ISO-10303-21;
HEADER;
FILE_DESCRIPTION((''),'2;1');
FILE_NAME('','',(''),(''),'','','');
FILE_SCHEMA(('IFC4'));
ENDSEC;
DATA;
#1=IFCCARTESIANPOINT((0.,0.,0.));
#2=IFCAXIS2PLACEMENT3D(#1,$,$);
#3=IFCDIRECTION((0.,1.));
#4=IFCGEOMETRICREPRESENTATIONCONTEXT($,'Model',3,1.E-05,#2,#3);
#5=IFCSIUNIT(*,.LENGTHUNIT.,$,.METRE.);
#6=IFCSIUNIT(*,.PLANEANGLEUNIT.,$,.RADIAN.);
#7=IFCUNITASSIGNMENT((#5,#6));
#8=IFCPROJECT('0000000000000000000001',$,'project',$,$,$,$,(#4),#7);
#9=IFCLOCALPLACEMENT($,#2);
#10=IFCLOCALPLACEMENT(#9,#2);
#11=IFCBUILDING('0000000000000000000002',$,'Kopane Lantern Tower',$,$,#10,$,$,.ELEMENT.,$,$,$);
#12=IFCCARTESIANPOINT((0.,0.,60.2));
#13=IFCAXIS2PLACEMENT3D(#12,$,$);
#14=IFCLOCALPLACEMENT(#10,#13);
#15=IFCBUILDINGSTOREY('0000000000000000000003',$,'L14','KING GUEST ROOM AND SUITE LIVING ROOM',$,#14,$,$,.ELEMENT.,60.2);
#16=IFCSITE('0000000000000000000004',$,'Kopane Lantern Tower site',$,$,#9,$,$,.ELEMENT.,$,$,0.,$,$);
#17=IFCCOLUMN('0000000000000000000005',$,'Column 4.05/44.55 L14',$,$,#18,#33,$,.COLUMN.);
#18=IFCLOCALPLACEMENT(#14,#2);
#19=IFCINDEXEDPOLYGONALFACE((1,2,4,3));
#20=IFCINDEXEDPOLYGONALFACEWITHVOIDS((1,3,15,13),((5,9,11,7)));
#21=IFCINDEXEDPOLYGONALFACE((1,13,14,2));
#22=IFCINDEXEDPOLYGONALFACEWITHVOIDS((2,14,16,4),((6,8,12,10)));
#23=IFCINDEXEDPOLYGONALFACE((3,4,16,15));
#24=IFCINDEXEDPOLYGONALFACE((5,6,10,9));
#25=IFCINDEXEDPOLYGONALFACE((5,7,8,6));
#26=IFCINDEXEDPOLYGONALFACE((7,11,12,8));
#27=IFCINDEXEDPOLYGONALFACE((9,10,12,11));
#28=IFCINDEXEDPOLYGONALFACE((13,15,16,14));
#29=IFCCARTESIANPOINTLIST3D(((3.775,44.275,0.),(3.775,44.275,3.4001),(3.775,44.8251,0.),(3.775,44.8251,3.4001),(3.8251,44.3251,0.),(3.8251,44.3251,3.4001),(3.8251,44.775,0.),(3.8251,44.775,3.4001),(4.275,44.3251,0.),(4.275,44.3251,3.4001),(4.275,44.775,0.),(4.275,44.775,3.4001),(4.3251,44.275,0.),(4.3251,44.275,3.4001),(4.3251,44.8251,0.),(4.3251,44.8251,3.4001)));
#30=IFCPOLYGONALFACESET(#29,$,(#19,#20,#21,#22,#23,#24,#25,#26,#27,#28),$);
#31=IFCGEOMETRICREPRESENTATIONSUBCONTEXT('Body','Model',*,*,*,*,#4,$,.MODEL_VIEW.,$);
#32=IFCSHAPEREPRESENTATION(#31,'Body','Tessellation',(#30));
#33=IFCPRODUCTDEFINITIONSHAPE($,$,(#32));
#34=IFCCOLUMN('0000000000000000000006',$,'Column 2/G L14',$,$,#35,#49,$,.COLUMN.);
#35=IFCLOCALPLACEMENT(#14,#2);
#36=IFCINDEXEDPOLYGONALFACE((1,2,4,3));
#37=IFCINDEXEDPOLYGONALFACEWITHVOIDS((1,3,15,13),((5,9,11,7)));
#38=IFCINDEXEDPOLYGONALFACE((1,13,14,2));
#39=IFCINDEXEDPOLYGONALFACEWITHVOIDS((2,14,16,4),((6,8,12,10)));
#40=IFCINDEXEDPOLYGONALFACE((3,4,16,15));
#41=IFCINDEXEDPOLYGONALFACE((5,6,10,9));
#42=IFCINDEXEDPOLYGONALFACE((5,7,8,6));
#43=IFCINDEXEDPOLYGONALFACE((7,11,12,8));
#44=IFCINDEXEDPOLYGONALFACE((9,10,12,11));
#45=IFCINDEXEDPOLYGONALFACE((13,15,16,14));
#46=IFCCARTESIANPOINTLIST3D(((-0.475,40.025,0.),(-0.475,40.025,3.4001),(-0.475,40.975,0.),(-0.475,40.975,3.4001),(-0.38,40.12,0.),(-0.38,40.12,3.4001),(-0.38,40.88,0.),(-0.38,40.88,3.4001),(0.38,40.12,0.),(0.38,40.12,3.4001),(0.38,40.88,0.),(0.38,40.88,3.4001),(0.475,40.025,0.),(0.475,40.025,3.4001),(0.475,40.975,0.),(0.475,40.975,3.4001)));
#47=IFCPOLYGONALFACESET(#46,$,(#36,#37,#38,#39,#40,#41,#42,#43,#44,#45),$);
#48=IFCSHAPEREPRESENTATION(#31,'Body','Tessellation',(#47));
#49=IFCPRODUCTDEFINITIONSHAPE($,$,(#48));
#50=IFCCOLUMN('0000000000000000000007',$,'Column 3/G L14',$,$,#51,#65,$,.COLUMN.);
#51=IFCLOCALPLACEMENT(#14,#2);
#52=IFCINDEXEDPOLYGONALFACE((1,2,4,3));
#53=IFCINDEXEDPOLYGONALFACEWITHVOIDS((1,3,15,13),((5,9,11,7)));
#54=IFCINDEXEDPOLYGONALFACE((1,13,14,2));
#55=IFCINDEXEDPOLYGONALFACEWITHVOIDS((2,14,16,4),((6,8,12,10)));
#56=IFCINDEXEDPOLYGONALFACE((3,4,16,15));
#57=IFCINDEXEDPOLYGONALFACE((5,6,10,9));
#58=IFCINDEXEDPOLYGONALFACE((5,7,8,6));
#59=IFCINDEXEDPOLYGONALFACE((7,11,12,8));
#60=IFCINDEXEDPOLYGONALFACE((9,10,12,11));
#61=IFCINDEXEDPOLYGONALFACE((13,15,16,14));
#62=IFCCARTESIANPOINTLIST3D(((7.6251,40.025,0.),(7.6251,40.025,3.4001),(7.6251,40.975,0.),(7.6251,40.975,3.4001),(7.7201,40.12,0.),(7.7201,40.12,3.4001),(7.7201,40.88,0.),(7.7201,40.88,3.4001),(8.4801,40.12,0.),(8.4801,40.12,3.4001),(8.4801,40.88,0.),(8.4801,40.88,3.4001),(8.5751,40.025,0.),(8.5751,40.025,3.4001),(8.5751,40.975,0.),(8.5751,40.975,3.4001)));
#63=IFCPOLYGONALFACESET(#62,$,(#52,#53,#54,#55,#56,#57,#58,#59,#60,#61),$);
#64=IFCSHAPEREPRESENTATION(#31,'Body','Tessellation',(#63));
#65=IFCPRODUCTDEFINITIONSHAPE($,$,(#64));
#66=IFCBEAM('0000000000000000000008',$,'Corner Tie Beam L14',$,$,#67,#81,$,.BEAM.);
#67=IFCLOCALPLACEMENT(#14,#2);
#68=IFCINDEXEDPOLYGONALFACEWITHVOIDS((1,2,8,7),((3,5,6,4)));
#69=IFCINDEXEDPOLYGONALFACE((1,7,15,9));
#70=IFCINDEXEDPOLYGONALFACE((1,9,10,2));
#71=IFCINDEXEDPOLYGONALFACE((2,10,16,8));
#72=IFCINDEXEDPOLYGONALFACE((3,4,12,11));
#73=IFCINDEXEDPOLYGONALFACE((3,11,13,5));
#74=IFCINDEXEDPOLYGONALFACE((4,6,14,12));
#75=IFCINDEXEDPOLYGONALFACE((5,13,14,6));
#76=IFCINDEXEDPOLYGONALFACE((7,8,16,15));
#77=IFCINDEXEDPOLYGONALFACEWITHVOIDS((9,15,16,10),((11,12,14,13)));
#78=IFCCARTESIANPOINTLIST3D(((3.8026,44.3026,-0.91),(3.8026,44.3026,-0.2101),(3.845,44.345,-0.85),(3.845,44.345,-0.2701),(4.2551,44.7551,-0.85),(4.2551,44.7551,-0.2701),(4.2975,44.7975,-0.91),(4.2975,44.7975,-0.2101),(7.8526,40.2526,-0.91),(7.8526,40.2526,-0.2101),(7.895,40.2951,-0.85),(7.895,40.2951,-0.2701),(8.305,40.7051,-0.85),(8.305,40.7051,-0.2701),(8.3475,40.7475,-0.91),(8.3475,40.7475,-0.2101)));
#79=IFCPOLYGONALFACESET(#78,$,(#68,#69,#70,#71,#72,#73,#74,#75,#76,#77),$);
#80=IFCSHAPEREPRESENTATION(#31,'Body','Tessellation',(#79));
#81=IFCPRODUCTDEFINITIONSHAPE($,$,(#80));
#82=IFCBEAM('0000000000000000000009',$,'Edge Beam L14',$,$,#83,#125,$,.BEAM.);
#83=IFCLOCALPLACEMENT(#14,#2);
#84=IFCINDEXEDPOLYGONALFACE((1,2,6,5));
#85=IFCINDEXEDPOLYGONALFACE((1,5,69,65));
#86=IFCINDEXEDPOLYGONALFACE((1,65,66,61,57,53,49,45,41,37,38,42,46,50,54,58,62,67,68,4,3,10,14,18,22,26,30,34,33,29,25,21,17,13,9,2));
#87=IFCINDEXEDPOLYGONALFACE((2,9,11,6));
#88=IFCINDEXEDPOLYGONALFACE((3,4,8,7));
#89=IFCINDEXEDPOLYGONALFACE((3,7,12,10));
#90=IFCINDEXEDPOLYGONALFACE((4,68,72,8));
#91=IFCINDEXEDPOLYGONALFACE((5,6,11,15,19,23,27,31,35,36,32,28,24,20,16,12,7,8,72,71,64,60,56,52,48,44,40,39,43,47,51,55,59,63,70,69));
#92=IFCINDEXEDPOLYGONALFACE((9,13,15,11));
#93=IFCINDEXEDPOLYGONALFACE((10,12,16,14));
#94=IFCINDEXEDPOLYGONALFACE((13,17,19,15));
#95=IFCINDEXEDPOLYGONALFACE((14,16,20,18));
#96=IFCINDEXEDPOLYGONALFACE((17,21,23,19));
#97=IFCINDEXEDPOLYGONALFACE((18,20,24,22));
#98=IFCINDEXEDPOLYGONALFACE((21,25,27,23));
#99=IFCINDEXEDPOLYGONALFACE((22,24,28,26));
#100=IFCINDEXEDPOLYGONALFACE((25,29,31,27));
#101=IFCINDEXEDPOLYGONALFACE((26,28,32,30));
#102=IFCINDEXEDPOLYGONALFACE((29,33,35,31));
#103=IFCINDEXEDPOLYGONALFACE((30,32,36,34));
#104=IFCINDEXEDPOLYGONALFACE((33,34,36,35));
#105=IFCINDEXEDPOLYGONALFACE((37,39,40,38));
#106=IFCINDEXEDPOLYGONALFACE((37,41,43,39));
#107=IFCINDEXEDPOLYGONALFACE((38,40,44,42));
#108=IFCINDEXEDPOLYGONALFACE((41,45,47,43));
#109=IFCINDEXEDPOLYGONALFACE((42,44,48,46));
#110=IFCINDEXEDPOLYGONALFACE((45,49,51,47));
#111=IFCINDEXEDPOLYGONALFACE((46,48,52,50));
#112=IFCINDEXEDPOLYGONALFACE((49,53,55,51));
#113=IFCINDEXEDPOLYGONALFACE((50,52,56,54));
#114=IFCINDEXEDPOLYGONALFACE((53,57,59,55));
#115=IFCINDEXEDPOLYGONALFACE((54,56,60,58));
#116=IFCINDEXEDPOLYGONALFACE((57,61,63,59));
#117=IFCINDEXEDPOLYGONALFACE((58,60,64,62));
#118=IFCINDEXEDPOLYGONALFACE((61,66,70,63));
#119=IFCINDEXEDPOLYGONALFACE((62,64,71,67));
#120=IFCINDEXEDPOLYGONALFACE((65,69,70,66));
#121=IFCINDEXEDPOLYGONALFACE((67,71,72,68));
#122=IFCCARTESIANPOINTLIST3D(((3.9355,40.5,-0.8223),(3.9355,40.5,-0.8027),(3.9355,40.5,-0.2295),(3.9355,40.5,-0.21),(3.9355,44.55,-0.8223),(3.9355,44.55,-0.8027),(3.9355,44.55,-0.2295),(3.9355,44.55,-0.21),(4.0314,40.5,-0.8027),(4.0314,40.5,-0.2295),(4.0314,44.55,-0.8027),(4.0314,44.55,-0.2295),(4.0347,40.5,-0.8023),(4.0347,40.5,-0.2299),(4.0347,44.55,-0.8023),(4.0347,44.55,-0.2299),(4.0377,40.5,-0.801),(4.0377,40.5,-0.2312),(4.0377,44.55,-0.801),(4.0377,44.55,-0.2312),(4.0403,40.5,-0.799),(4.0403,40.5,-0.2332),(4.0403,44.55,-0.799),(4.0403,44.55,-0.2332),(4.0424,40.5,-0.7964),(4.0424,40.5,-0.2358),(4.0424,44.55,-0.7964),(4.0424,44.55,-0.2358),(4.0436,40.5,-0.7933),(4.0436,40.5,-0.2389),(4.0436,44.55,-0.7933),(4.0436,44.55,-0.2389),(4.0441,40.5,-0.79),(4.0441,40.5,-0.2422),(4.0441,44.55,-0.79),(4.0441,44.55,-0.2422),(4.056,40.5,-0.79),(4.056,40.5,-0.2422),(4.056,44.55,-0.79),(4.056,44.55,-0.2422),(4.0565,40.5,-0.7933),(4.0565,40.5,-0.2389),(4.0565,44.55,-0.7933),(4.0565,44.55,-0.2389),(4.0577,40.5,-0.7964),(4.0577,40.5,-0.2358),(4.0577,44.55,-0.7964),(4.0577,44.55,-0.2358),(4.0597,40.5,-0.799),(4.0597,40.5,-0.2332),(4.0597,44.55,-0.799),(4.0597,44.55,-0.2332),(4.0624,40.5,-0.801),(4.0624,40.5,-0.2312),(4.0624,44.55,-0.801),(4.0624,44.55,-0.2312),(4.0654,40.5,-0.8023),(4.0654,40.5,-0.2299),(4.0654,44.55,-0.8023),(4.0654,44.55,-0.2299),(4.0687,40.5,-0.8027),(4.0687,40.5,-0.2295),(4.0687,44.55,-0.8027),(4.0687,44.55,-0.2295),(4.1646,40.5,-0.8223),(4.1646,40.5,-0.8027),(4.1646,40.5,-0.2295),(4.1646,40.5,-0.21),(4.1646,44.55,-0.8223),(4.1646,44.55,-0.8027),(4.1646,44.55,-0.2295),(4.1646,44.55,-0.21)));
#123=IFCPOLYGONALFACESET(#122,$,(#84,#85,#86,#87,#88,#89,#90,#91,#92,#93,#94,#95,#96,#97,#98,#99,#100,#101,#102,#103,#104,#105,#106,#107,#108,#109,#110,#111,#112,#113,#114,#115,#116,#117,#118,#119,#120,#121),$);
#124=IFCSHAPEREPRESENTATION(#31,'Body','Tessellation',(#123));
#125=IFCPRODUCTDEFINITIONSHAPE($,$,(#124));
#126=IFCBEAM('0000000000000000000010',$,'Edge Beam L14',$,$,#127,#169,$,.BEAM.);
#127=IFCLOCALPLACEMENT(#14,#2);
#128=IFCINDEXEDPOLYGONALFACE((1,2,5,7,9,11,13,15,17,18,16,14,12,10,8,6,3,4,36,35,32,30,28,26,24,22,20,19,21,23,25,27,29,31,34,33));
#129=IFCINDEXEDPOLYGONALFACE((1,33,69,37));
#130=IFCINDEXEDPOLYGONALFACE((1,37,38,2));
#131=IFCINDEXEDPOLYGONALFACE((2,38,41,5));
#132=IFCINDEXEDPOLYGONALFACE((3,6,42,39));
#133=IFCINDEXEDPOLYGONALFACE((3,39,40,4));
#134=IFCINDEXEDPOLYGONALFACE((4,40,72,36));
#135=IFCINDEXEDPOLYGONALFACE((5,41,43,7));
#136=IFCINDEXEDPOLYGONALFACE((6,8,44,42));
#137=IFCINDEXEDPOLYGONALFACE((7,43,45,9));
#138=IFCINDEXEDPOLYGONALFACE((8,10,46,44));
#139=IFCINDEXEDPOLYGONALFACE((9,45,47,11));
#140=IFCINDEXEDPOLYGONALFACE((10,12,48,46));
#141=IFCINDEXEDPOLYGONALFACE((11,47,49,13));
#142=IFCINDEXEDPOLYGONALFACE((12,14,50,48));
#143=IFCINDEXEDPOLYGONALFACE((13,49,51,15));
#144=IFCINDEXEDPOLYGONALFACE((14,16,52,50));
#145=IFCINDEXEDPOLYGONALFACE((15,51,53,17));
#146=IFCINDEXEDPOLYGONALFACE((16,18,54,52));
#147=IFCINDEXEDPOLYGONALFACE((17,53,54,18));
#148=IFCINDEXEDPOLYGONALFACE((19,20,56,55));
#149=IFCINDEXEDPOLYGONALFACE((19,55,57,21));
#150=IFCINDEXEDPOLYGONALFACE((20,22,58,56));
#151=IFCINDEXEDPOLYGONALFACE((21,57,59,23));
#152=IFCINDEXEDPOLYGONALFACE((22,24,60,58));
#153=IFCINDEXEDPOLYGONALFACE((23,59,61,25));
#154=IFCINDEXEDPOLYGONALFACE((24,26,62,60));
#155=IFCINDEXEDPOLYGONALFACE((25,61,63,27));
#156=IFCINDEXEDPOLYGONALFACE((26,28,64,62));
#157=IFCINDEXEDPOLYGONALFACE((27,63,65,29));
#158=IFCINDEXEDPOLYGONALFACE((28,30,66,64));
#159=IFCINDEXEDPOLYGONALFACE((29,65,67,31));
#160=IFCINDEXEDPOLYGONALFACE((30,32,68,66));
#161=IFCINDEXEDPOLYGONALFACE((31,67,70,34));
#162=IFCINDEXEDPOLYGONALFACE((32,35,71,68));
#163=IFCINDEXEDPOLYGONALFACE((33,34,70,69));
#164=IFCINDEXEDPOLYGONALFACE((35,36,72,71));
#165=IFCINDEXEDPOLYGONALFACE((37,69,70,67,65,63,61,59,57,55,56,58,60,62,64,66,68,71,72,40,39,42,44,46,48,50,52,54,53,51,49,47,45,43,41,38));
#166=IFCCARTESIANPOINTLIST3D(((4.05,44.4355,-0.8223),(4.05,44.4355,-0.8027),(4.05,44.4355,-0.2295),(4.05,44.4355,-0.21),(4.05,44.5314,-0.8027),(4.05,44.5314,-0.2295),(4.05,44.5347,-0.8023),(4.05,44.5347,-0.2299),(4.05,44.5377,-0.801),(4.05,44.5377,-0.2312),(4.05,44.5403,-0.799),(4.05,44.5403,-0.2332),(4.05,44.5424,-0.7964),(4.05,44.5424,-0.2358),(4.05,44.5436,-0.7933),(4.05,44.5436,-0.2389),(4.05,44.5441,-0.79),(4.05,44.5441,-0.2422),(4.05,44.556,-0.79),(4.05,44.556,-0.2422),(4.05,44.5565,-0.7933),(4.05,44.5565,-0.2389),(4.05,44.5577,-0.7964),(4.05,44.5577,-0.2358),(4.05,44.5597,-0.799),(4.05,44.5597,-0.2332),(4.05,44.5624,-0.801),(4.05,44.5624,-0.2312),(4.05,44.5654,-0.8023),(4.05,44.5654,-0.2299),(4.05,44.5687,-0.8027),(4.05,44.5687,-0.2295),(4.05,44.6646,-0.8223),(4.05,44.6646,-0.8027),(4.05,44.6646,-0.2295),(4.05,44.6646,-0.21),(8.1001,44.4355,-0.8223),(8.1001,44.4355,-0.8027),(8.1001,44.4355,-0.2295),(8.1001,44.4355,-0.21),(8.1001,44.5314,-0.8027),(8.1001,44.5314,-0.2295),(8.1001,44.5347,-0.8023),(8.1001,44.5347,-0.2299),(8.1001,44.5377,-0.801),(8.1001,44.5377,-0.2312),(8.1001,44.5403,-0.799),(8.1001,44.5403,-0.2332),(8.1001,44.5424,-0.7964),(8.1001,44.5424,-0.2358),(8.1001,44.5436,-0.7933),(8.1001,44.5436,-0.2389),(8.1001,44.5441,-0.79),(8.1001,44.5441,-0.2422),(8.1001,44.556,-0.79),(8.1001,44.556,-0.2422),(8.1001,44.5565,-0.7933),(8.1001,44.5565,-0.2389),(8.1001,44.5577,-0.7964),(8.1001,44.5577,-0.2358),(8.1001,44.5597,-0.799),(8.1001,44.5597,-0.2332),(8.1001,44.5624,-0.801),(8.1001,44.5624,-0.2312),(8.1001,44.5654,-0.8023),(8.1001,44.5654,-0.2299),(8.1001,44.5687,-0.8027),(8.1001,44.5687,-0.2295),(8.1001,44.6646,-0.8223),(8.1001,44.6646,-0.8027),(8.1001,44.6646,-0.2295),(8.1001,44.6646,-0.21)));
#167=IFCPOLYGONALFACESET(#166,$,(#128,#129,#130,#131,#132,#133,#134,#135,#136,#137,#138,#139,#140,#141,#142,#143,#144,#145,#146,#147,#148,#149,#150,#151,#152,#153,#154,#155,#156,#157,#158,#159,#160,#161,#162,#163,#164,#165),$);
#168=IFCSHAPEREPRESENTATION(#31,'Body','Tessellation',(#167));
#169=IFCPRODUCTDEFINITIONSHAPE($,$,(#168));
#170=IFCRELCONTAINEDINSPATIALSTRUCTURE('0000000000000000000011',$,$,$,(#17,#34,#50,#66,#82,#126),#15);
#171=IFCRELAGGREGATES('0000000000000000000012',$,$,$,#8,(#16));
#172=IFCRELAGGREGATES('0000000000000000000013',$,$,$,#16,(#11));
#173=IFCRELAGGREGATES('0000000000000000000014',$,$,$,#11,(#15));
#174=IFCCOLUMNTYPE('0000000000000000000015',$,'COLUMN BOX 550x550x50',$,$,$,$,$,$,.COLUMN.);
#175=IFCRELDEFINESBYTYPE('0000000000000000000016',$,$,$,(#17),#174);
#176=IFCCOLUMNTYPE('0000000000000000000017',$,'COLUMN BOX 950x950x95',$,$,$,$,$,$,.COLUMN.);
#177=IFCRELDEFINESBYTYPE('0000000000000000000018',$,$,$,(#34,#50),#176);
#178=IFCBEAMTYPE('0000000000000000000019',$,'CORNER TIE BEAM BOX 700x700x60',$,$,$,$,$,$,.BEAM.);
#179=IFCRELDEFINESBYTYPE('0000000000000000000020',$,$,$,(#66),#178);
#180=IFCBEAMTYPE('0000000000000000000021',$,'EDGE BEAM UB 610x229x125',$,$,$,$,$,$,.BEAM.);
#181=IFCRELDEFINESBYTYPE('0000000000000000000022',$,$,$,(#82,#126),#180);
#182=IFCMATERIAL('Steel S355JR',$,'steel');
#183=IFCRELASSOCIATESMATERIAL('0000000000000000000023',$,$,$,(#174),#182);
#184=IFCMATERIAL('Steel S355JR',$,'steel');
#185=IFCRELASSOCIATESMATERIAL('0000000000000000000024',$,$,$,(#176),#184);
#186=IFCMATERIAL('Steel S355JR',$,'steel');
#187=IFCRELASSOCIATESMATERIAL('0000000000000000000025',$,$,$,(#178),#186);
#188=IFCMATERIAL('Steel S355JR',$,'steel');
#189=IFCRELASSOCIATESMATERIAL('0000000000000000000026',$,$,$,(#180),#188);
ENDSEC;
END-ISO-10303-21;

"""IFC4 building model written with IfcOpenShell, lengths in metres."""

from ifc_helpers import new_model, si_unit, direction, frame, origin, origin_2d, place, context, subcontext, project, spatial, hollow_rectangle, i_section, extrude, material, material_profile, profile_set, type_object, element, save


model = new_model("IFC4")

# Units and contexts
model_context = context("Model", 3, precision=1e-05, world=origin(), true_north=direction((0.0, 1.0)))
body_context = subcontext(model_context, "Body", "Model", "MODEL_VIEW")
ifc_project = project(units=[si_unit("LENGTHUNIT", "METRE"), si_unit("PLANEANGLEUNIT", "RADIAN")], contexts=[model_context])

# Site, building, storey
site_placement = place(None, origin())
site = spatial("IfcSite", under=ifc_project, at=site_placement, Name="Kopane Lantern Tower site", CompositionType="ELEMENT", RefElevation=0.0)
building_placement = place(site_placement, origin())
building = spatial("IfcBuilding", under=site, at=building_placement, Name="Kopane Lantern Tower", CompositionType="ELEMENT")
storey_placement = place(building_placement, frame((0.0, 0.0, 60.2)))
storey = spatial("IfcBuildingStorey", under=building, at=storey_placement, Name="L14", Description="KING GUEST ROOM AND SUITE LIVING ROOM", CompositionType="ELEMENT", Elevation=60.2)

# Columns
ifc_material_1 = material(Name="Steel S355JR", Category="steel")
ifc_material_profile_1 = material_profile(ifc_material_1, hollow_rectangle(XDim=0.55, YDim=0.55, WallThickness=0.05, at=origin_2d()), Name="BOX 550x550x50")
ifc_profile_set_1 = profile_set([ifc_material_profile_1], Name="Steel S355JR")
column_type_1 = type_object("IfcColumnType", Name="COLUMN BOX 550x550x50", PredefinedType="COLUMN", material=ifc_profile_set_1)
column_placement = place(storey_placement, frame((4.05, 44.55, 0.0), z_axis=(0.0, 0.0, 1.0), x_axis=(1.0, 0.0, 0.0)))
element("IfcColumn", 1, at=column_placement, inside=storey, type_object=column_type_1, Name="Column 4.05/44.55 L14", PredefinedType="COLUMN", context=body_context, shape_type="SweptSolid", body=[
    extrude(hollow_rectangle(XDim=0.55, YDim=0.55, WallThickness=0.05, at=origin_2d()), origin(), (0.0, 0.0, 1.0), 3.4001),
])
ifc_material_2 = material(Name="Steel S355JR", Category="steel")
ifc_material_profile_2 = material_profile(ifc_material_2, hollow_rectangle(XDim=0.95, YDim=0.95, WallThickness=0.095, at=origin_2d()), Name="BOX 950x950x95")
ifc_profile_set_2 = profile_set([ifc_material_profile_2], Name="Steel S355JR")
column_type_2 = type_object("IfcColumnType", Name="COLUMN BOX 950x950x95", PredefinedType="COLUMN", material=ifc_profile_set_2)
for number, where, z_axis, x_axis, name in (
    (2, (0.0, 40.5, 0.0), (0.0, 0.0, 1.0), (1.0, 0.0, 0.0), "Column 2/G L14"),
    (3, (8.1001, 40.5, 0.0), (0.0, 0.0, 1.0), (1.0, 0.0, 0.0), "Column 3/G L14"),
):
    element("IfcColumn", number, at=place(storey_placement, frame(where, z_axis=z_axis, x_axis=x_axis)), inside=storey, type_object=column_type_2, Name=name, PredefinedType="COLUMN", context=body_context, shape_type="SweptSolid", body=[
        extrude(hollow_rectangle(XDim=0.95, YDim=0.95, WallThickness=0.095, at=origin_2d()), origin(), (0.0, 0.0, 1.0), 3.4001),
    ])

# Beams
ifc_material_3 = material(Name="Steel S355JR", Category="steel")
ifc_material_profile_3 = material_profile(ifc_material_3, hollow_rectangle(XDim=0.7, YDim=0.7, WallThickness=0.0601, at=origin_2d()), Name="BOX 700x700x60")
ifc_profile_set_3 = profile_set([ifc_material_profile_3], Name="Steel S355JR")
beam_type_1 = type_object("IfcBeamType", Name="CORNER TIE BEAM BOX 700x700x60", PredefinedType="BEAM", material=ifc_profile_set_3)
beam_1_placement = place(storey_placement, frame((4.05, 44.55, -0.5601), z_axis=(0.707107, -0.707107, 0.0), x_axis=(0.707107, 0.707107, 0.0)))
element("IfcBeam", 4, at=beam_1_placement, inside=storey, type_object=beam_type_1, Name="Corner Tie Beam L14", PredefinedType="BEAM", context=body_context, shape_type="SweptSolid", body=[
    extrude(hollow_rectangle(XDim=0.7, YDim=0.7, WallThickness=0.0601, at=origin_2d()), origin(), (0.0, 0.0, 1.0), 5.7275),
])
ifc_material_4 = material(Name="Steel S355JR", Category="steel")
ifc_material_profile_4 = material_profile(ifc_material_4, i_section(OverallWidth=0.229, OverallDepth=0.6123, WebThickness=0.012, FlangeThickness=0.0195, FilletRadius=0.0127, at=origin_2d()), Name="UB 610x229x125")
ifc_profile_set_4 = profile_set([ifc_material_profile_4], Name="Steel S355JR")
beam_type_2 = type_object("IfcBeamType", Name="EDGE BEAM UB 610x229x125", PredefinedType="BEAM", material=ifc_profile_set_4)
for number, where, z_axis, x_axis, name in (
    (5, (4.05, 44.55, -0.5161), (0.0, -1.0, 0.0), (1.0, 0.0, 0.0), "Edge Beam L14"),
    (6, (4.05, 44.55, -0.5161), (1.0, 0.0, 0.0), (0.0, 1.0, 0.0), "Edge Beam L14"),
):
    element("IfcBeam", number, at=place(storey_placement, frame(where, z_axis=z_axis, x_axis=x_axis)), inside=storey, type_object=beam_type_2, Name=name, PredefinedType="BEAM", context=body_context, shape_type="SweptSolid", body=[
        extrude(i_section(OverallWidth=0.229, OverallDepth=0.6123, WebThickness=0.012, FlangeThickness=0.0195, FilletRadius=0.0127, at=origin_2d()), origin(), (0.0, 0.0, 1.0), 4.05),
    ])

save(model, "model.ifc")
